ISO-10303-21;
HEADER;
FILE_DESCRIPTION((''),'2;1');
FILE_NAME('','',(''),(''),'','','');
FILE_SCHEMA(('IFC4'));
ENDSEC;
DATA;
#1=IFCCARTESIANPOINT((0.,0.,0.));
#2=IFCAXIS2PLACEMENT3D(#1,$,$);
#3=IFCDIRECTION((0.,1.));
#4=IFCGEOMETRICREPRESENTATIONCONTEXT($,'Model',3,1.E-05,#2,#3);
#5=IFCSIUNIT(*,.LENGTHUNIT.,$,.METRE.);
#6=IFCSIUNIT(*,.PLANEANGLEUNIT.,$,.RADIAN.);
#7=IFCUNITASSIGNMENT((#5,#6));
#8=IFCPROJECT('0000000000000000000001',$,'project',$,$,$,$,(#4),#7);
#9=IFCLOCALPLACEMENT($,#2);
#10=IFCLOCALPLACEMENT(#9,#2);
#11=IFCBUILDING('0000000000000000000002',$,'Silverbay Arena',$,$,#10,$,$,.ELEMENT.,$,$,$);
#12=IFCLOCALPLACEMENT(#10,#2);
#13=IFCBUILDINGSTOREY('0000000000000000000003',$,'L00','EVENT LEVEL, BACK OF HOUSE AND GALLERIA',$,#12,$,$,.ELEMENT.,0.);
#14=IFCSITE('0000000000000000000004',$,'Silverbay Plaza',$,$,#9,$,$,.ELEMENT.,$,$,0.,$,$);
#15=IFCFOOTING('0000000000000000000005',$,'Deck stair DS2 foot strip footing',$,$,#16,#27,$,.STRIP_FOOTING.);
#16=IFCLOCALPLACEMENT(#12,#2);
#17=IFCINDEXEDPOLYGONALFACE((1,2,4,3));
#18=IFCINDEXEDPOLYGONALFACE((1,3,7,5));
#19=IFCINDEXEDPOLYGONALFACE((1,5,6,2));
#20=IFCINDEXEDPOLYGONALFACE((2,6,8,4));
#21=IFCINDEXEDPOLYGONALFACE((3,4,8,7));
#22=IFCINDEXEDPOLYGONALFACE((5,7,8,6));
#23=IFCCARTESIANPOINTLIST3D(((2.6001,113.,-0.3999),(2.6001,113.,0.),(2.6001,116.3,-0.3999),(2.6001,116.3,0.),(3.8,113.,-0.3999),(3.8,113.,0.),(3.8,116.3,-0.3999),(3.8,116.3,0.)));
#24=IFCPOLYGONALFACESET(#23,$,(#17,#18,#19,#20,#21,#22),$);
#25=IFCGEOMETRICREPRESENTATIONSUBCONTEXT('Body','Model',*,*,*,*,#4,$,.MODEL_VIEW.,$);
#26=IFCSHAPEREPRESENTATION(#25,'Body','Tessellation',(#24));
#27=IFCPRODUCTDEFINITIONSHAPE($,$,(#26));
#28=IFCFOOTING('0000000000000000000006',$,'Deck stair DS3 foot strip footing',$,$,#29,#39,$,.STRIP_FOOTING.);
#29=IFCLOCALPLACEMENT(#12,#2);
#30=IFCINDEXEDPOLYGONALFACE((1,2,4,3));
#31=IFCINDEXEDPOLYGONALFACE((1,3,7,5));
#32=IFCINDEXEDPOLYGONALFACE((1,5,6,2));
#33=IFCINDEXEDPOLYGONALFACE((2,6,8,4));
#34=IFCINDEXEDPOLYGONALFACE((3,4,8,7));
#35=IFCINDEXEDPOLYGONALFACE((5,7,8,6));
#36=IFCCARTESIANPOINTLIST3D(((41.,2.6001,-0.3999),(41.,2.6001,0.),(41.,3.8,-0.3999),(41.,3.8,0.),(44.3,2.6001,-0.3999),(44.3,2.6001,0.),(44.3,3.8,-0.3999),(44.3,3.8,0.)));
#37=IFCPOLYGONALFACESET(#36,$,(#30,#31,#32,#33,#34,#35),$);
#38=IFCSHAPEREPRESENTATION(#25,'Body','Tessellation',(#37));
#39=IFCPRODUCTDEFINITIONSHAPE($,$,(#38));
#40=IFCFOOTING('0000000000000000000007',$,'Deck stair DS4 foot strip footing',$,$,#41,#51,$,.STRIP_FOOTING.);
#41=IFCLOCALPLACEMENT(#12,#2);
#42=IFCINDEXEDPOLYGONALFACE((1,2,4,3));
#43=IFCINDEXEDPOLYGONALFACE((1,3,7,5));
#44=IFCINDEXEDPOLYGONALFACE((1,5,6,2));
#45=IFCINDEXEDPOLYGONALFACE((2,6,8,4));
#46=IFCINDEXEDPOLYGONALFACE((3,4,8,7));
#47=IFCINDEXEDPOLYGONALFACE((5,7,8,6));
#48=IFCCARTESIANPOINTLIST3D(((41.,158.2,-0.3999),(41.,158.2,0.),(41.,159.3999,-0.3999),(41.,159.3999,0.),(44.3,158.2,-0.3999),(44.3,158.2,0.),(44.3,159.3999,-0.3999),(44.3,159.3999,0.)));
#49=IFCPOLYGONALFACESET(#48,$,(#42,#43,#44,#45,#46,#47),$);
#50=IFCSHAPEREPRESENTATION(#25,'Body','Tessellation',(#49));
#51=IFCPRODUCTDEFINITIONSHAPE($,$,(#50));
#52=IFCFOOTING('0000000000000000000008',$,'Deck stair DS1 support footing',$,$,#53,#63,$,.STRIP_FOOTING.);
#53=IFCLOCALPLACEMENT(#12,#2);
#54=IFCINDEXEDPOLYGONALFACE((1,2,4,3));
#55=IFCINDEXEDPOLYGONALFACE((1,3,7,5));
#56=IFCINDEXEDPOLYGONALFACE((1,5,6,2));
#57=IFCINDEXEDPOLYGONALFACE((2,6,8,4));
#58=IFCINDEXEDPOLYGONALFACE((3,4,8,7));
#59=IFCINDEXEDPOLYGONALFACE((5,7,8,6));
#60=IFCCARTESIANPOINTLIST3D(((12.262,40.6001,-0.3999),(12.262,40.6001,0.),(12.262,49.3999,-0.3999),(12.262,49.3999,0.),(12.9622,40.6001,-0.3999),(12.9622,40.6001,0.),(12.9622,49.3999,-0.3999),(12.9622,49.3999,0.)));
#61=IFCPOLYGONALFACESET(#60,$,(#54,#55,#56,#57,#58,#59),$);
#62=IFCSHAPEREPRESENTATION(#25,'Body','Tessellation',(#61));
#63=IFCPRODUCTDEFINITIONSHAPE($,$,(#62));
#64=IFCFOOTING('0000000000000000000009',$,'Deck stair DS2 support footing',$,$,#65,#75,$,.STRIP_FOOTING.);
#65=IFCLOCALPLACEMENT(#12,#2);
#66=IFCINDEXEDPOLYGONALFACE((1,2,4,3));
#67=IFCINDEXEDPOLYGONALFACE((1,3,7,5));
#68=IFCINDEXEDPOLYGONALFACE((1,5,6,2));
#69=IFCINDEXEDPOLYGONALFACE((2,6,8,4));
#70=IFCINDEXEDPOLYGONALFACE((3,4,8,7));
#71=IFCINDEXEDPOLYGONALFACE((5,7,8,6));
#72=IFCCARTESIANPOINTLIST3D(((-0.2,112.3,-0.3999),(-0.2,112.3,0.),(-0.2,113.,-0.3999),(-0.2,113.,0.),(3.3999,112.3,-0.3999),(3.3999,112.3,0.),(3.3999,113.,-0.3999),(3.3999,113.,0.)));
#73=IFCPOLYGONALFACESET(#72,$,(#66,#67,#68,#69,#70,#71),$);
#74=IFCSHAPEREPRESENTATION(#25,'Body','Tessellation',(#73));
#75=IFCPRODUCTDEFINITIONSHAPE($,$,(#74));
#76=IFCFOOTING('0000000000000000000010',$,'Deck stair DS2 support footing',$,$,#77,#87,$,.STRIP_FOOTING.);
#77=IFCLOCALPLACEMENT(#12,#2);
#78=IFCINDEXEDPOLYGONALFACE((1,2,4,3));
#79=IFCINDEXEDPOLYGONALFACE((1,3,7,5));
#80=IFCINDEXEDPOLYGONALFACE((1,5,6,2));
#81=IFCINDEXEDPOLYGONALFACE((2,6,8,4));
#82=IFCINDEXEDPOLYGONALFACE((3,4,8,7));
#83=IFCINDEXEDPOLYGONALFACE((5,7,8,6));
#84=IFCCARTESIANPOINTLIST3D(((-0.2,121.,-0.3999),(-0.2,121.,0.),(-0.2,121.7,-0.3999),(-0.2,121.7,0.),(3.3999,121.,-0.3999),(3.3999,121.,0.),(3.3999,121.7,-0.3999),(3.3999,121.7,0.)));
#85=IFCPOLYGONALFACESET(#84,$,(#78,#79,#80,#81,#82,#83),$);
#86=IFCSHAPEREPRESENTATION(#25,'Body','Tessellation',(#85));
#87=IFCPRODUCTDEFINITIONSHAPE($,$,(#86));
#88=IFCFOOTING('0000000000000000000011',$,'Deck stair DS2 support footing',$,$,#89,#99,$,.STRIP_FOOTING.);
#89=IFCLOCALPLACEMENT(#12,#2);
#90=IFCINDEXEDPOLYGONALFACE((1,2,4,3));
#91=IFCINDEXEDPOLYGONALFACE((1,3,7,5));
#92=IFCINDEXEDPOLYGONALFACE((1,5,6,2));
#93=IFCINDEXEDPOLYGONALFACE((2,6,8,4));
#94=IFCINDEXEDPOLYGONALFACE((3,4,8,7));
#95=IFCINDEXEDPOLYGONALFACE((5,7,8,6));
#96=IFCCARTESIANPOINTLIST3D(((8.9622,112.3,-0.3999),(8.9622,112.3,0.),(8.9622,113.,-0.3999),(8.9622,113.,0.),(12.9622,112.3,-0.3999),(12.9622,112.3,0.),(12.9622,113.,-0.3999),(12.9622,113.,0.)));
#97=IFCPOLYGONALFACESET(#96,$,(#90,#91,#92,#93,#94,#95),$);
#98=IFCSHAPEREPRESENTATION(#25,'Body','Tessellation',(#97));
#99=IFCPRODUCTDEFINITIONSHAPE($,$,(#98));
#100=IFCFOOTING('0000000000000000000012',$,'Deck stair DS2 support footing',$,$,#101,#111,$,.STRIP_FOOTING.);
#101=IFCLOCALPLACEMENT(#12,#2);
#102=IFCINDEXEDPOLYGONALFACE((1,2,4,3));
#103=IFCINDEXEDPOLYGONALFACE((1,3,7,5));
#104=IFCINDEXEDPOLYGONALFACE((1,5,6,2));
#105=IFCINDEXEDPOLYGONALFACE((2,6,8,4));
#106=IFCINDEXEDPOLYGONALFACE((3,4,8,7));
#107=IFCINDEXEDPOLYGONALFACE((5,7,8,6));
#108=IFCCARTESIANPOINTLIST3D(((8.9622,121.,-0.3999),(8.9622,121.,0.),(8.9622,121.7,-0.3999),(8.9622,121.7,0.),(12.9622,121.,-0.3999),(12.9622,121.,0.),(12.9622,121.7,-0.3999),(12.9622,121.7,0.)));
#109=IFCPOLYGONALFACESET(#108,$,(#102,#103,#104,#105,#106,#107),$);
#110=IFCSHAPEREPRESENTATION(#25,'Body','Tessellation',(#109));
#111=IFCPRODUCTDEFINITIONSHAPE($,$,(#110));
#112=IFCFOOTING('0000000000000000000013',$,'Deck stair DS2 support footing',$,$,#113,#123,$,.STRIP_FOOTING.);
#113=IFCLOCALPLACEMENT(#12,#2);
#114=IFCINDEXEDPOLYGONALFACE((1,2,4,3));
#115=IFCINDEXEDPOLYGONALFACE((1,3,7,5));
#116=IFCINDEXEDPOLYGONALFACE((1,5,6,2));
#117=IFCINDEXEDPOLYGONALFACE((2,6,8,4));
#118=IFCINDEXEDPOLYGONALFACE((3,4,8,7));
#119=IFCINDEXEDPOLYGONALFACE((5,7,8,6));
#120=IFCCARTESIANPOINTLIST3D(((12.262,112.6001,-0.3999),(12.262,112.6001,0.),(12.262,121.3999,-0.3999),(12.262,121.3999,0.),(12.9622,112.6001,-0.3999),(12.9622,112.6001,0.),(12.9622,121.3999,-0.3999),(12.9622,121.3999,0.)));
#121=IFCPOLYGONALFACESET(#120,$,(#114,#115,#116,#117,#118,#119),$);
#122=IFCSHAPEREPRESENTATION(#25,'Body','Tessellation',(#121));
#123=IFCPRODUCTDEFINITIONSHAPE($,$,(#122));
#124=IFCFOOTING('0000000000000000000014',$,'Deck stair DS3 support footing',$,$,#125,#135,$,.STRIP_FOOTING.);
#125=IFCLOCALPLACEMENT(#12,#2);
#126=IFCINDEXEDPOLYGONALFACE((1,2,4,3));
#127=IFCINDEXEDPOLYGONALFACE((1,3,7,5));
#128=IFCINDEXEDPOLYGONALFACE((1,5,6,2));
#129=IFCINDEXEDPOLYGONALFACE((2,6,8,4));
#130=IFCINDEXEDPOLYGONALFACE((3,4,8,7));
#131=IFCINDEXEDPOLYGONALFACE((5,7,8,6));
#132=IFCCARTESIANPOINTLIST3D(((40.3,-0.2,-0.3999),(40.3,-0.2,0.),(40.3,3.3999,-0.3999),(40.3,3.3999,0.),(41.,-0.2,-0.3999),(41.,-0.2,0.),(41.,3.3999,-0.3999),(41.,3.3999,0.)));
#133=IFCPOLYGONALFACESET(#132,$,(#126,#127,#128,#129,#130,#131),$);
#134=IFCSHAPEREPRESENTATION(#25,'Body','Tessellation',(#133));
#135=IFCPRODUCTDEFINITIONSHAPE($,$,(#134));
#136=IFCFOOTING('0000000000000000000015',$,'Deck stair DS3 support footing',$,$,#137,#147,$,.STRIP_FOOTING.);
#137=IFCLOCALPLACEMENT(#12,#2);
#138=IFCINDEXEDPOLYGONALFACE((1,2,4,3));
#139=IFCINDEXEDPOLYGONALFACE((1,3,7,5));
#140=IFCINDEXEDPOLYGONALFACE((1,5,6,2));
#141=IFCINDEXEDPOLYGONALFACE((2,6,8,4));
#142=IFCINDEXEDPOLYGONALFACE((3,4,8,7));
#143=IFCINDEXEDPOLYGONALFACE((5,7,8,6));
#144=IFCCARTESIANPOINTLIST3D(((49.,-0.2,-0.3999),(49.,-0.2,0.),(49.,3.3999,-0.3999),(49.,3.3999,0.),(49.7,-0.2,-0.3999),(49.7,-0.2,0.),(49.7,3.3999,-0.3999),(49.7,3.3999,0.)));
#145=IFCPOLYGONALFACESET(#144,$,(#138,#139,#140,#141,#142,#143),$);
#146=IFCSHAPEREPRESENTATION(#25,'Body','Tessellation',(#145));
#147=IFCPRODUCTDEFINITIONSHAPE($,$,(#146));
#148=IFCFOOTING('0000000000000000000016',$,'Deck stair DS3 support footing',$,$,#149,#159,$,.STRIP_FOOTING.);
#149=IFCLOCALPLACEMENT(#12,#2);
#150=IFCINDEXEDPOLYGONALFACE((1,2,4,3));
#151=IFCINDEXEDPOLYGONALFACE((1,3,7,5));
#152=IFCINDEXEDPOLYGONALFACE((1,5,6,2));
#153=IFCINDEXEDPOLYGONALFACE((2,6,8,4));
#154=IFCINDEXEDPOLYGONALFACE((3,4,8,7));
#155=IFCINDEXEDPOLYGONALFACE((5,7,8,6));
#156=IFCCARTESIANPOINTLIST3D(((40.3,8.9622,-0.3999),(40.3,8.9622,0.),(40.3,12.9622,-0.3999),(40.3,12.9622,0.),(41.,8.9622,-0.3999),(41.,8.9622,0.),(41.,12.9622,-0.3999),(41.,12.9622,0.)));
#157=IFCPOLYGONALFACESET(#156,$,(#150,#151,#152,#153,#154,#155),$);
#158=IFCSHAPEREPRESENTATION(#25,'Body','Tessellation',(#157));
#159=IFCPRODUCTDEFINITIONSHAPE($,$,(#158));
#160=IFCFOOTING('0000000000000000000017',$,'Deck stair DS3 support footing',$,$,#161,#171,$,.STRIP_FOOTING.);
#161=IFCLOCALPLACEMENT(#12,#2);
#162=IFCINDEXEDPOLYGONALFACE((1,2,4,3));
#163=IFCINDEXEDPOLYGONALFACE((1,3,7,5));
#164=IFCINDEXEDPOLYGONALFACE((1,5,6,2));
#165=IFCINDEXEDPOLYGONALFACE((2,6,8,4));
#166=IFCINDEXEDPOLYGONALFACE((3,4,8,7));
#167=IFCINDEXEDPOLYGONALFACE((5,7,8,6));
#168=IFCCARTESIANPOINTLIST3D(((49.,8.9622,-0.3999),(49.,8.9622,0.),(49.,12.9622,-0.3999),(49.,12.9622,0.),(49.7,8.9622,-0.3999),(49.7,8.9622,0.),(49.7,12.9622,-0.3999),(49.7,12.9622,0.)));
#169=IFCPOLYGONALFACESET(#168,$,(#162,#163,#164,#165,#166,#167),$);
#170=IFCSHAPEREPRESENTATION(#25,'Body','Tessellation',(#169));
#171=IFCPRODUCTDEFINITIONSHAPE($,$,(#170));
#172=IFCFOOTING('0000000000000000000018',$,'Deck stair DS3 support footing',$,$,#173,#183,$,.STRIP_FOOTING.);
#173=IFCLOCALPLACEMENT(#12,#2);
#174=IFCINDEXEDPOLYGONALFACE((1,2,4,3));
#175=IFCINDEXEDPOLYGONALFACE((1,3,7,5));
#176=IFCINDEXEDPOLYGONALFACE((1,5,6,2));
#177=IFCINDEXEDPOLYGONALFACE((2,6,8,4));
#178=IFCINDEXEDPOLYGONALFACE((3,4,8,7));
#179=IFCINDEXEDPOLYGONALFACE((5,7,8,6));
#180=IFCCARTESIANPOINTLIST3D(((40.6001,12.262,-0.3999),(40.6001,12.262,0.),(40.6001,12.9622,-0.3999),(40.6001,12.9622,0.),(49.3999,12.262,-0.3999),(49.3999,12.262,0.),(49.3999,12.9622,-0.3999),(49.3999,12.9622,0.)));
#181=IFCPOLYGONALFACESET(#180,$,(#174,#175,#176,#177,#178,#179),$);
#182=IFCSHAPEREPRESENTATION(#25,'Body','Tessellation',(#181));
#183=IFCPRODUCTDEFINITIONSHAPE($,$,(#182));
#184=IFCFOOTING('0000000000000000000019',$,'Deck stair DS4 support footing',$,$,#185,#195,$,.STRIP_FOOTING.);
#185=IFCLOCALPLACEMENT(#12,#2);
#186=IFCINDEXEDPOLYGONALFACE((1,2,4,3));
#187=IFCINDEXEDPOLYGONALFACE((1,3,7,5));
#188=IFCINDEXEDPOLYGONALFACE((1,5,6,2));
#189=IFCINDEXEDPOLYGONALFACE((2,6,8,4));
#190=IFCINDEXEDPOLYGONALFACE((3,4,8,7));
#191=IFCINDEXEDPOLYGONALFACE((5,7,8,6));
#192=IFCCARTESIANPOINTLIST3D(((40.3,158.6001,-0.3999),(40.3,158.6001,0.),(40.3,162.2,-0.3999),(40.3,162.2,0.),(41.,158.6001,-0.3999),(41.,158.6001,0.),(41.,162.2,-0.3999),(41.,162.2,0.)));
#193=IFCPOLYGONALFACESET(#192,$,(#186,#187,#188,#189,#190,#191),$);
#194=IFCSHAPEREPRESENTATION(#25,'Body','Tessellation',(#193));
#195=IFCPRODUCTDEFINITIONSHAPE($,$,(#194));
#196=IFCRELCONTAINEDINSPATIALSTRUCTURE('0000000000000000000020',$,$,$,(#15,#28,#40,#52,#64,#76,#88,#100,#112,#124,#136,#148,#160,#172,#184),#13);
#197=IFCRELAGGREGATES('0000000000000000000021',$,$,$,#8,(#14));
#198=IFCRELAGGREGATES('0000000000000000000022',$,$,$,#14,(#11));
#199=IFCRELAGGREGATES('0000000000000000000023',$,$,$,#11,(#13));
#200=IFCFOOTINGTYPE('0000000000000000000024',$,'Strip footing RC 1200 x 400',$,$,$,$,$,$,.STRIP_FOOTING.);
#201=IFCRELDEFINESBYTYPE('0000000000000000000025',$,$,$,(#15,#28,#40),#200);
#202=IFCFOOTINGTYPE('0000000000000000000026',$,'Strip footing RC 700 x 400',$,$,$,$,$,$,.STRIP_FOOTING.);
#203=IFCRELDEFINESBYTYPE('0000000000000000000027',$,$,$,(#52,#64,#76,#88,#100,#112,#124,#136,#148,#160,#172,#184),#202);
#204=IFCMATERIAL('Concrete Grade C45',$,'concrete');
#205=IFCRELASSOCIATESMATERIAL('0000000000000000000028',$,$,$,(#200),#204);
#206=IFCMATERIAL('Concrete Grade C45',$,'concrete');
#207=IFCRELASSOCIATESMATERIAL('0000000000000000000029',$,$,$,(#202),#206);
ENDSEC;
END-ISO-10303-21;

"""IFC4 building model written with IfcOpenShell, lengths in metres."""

from ifc_helpers import new_model, si_unit, direction, frame, origin, place, context, subcontext, project, spatial, polyline, outline, extrude, material, type_object, element, save


model = new_model("IFC4")

# Units and contexts
model_context = context("Model", 3, precision=1e-05, world=origin(), true_north=direction((0.0, 1.0)))
body_context = subcontext(model_context, "Body", "Model", "MODEL_VIEW")
ifc_project = project(units=[si_unit("LENGTHUNIT", "METRE"), si_unit("PLANEANGLEUNIT", "RADIAN")], contexts=[model_context])

# Site, building, storey
site_placement = place(None, origin())
site = spatial("IfcSite", under=ifc_project, at=site_placement, Name="Silverbay Plaza", CompositionType="ELEMENT", RefElevation=0.0)
building_placement = place(site_placement, origin())
building = spatial("IfcBuilding", under=site, at=building_placement, Name="Silverbay Arena", CompositionType="ELEMENT")
storey_placement = place(building_placement, origin())
storey = spatial("IfcBuildingStorey", under=building, at=storey_placement, Name="L00", Description="EVENT LEVEL, BACK OF HOUSE AND GALLERIA", CompositionType="ELEMENT", Elevation=0.0)

# Footings
ifc_material_1 = material(Name="Concrete Grade C45", Category="concrete")
footing_type_1 = type_object("IfcFootingType", Name="Strip footing RC 1200 x 400", PredefinedType="STRIP_FOOTING", material=ifc_material_1)
footing_1_placement = place(storey_placement, frame((0.0, 0.0, -0.3999)))
element("IfcFooting", 1, at=footing_1_placement, inside=storey, type_object=footing_type_1, Name="Deck stair DS2 foot strip footing", PredefinedType="STRIP_FOOTING", context=body_context, shape_type="SweptSolid", body=[
    extrude(outline(polyline([(2.6001, 113.0), (3.8, 113.0), (3.8, 116.3), (2.6001, 116.3), (2.6001, 113.0)])), origin(), (0.0, 0.0, 1.0), 0.3999),
])
footing_2_placement = place(storey_placement, frame((0.0, 0.0, -0.3999)))
element("IfcFooting", 2, at=footing_2_placement, inside=storey, type_object=footing_type_1, Name="Deck stair DS3 foot strip footing", PredefinedType="STRIP_FOOTING", context=body_context, shape_type="SweptSolid", body=[
    extrude(outline(polyline([(41.0, 2.6001), (41.0, 3.8), (44.3, 3.8), (44.3, 2.6001), (41.0, 2.6001)])), origin(), (0.0, 0.0, 1.0), 0.3999),
])
footing_3_placement = place(storey_placement, frame((0.0, 0.0, -0.3999)))
element("IfcFooting", 3, at=footing_3_placement, inside=storey, type_object=footing_type_1, Name="Deck stair DS4 foot strip footing", PredefinedType="STRIP_FOOTING", context=body_context, shape_type="SweptSolid", body=[
    extrude(outline(polyline([(41.0, 159.3999), (41.0, 158.2), (44.3, 158.2), (44.3, 159.3999), (41.0, 159.3999)])), origin(), (0.0, 0.0, 1.0), 0.3999),
])
ifc_material_2 = material(Name="Concrete Grade C45", Category="concrete")
footing_type_2 = type_object("IfcFootingType", Name="Strip footing RC 700 x 400", PredefinedType="STRIP_FOOTING", material=ifc_material_2)
footing_4_placement = place(storey_placement, frame((0.0, 0.0, -0.3999)))
element("IfcFooting", 4, at=footing_4_placement, inside=storey, type_object=footing_type_2, Name="Deck stair DS1 support footing", PredefinedType="STRIP_FOOTING", context=body_context, shape_type="SweptSolid", body=[
    extrude(outline(polyline([(12.262, 40.6001), (12.9622, 40.6001), (12.9622, 49.3999), (12.262, 49.3999), (12.262, 40.6001)])), origin(), (0.0, 0.0, 1.0), 0.3999),
])
footing_5_placement = place(storey_placement, frame((0.0, 0.0, -0.3999)))
element("IfcFooting", 5, at=footing_5_placement, inside=storey, type_object=footing_type_2, Name="Deck stair DS2 support footing", PredefinedType="STRIP_FOOTING", context=body_context, shape_type="SweptSolid", body=[
    extrude(outline(polyline([(-0.2, 112.3), (3.3999, 112.3), (3.3999, 113.0), (-0.2, 113.0), (-0.2, 112.3)])), origin(), (0.0, 0.0, 1.0), 0.3999),
])
footing_6_placement = place(storey_placement, frame((0.0, 0.0, -0.3999)))
element("IfcFooting", 6, at=footing_6_placement, inside=storey, type_object=footing_type_2, Name="Deck stair DS2 support footing", PredefinedType="STRIP_FOOTING", context=body_context, shape_type="SweptSolid", body=[
    extrude(outline(polyline([(-0.2, 121.0), (3.3999, 121.0), (3.3999, 121.7), (-0.2, 121.7), (-0.2, 121.0)])), origin(), (0.0, 0.0, 1.0), 0.3999),
])
footing_7_placement = place(storey_placement, frame((0.0, 0.0, -0.3999)))
element("IfcFooting", 7, at=footing_7_placement, inside=storey, type_object=footing_type_2, Name="Deck stair DS2 support footing", PredefinedType="STRIP_FOOTING", context=body_context, shape_type="SweptSolid", body=[
    extrude(outline(polyline([(8.9622, 112.3), (12.9622, 112.3), (12.9622, 113.0), (8.9622, 113.0), (8.9622, 112.3)])), origin(), (0.0, 0.0, 1.0), 0.3999),
])
footing_8_placement = place(storey_placement, frame((0.0, 0.0, -0.3999)))
element("IfcFooting", 8, at=footing_8_placement, inside=storey, type_object=footing_type_2, Name="Deck stair DS2 support footing", PredefinedType="STRIP_FOOTING", context=body_context, shape_type="SweptSolid", body=[
    extrude(outline(polyline([(8.9622, 121.0), (12.9622, 121.0), (12.9622, 121.7), (8.9622, 121.7), (8.9622, 121.0)])), origin(), (0.0, 0.0, 1.0), 0.3999),
])
footing_9_placement = place(storey_placement, frame((0.0, 0.0, -0.3999)))
element("IfcFooting", 9, at=footing_9_placement, inside=storey, type_object=footing_type_2, Name="Deck stair DS2 support footing", PredefinedType="STRIP_FOOTING", context=body_context, shape_type="SweptSolid", body=[
    extrude(outline(polyline([(12.262, 112.6001), (12.9622, 112.6001), (12.9622, 121.3999), (12.262, 121.3999), (12.262, 112.6001)])), origin(), (0.0, 0.0, 1.0), 0.3999),
])
footing_10_placement = place(storey_placement, frame((0.0, 0.0, -0.3999)))
element("IfcFooting", 10, at=footing_10_placement, inside=storey, type_object=footing_type_2, Name="Deck stair DS3 support footing", PredefinedType="STRIP_FOOTING", context=body_context, shape_type="SweptSolid", body=[
    extrude(outline(polyline([(40.3, -0.2), (40.3, 3.3999), (41.0, 3.3999), (41.0, -0.2), (40.3, -0.2)])), origin(), (0.0, 0.0, 1.0), 0.3999),
])
footing_11_placement = place(storey_placement, frame((0.0, 0.0, -0.3999)))
element("IfcFooting", 11, at=footing_11_placement, inside=storey, type_object=footing_type_2, Name="Deck stair DS3 support footing", PredefinedType="STRIP_FOOTING", context=body_context, shape_type="SweptSolid", body=[
    extrude(outline(polyline([(49.0, -0.2), (49.0, 3.3999), (49.7, 3.3999), (49.7, -0.2), (49.0, -0.2)])), origin(), (0.0, 0.0, 1.0), 0.3999),
])
footing_12_placement = place(storey_placement, frame((0.0, 0.0, -0.3999)))
element("IfcFooting", 12, at=footing_12_placement, inside=storey, type_object=footing_type_2, Name="Deck stair DS3 support footing", PredefinedType="STRIP_FOOTING", context=body_context, shape_type="SweptSolid", body=[
    extrude(outline(polyline([(40.3, 8.9622), (40.3, 12.9622), (41.0, 12.9622), (41.0, 8.9622), (40.3, 8.9622)])), origin(), (0.0, 0.0, 1.0), 0.3999),
])
footing_13_placement = place(storey_placement, frame((0.0, 0.0, -0.3999)))
element("IfcFooting", 13, at=footing_13_placement, inside=storey, type_object=footing_type_2, Name="Deck stair DS3 support footing", PredefinedType="STRIP_FOOTING", context=body_context, shape_type="SweptSolid", body=[
    extrude(outline(polyline([(49.0, 8.9622), (49.0, 12.9622), (49.7, 12.9622), (49.7, 8.9622), (49.0, 8.9622)])), origin(), (0.0, 0.0, 1.0), 0.3999),
])
footing_14_placement = place(storey_placement, frame((0.0, 0.0, -0.3999)))
element("IfcFooting", 14, at=footing_14_placement, inside=storey, type_object=footing_type_2, Name="Deck stair DS3 support footing", PredefinedType="STRIP_FOOTING", context=body_context, shape_type="SweptSolid", body=[
    extrude(outline(polyline([(40.6001, 12.262), (40.6001, 12.9622), (49.3999, 12.9622), (49.3999, 12.262), (40.6001, 12.262)])), origin(), (0.0, 0.0, 1.0), 0.3999),
])
footing_15_placement = place(storey_placement, frame((0.0, 0.0, -0.3999)))
element("IfcFooting", 15, at=footing_15_placement, inside=storey, type_object=footing_type_2, Name="Deck stair DS4 support footing", PredefinedType="STRIP_FOOTING", context=body_context, shape_type="SweptSolid", body=[
    extrude(outline(polyline([(40.3, 162.2), (40.3, 158.6001), (41.0, 158.6001), (41.0, 162.2), (40.3, 162.2)])), origin(), (0.0, 0.0, 1.0), 0.3999),
])

save(model, "model.ifc")
